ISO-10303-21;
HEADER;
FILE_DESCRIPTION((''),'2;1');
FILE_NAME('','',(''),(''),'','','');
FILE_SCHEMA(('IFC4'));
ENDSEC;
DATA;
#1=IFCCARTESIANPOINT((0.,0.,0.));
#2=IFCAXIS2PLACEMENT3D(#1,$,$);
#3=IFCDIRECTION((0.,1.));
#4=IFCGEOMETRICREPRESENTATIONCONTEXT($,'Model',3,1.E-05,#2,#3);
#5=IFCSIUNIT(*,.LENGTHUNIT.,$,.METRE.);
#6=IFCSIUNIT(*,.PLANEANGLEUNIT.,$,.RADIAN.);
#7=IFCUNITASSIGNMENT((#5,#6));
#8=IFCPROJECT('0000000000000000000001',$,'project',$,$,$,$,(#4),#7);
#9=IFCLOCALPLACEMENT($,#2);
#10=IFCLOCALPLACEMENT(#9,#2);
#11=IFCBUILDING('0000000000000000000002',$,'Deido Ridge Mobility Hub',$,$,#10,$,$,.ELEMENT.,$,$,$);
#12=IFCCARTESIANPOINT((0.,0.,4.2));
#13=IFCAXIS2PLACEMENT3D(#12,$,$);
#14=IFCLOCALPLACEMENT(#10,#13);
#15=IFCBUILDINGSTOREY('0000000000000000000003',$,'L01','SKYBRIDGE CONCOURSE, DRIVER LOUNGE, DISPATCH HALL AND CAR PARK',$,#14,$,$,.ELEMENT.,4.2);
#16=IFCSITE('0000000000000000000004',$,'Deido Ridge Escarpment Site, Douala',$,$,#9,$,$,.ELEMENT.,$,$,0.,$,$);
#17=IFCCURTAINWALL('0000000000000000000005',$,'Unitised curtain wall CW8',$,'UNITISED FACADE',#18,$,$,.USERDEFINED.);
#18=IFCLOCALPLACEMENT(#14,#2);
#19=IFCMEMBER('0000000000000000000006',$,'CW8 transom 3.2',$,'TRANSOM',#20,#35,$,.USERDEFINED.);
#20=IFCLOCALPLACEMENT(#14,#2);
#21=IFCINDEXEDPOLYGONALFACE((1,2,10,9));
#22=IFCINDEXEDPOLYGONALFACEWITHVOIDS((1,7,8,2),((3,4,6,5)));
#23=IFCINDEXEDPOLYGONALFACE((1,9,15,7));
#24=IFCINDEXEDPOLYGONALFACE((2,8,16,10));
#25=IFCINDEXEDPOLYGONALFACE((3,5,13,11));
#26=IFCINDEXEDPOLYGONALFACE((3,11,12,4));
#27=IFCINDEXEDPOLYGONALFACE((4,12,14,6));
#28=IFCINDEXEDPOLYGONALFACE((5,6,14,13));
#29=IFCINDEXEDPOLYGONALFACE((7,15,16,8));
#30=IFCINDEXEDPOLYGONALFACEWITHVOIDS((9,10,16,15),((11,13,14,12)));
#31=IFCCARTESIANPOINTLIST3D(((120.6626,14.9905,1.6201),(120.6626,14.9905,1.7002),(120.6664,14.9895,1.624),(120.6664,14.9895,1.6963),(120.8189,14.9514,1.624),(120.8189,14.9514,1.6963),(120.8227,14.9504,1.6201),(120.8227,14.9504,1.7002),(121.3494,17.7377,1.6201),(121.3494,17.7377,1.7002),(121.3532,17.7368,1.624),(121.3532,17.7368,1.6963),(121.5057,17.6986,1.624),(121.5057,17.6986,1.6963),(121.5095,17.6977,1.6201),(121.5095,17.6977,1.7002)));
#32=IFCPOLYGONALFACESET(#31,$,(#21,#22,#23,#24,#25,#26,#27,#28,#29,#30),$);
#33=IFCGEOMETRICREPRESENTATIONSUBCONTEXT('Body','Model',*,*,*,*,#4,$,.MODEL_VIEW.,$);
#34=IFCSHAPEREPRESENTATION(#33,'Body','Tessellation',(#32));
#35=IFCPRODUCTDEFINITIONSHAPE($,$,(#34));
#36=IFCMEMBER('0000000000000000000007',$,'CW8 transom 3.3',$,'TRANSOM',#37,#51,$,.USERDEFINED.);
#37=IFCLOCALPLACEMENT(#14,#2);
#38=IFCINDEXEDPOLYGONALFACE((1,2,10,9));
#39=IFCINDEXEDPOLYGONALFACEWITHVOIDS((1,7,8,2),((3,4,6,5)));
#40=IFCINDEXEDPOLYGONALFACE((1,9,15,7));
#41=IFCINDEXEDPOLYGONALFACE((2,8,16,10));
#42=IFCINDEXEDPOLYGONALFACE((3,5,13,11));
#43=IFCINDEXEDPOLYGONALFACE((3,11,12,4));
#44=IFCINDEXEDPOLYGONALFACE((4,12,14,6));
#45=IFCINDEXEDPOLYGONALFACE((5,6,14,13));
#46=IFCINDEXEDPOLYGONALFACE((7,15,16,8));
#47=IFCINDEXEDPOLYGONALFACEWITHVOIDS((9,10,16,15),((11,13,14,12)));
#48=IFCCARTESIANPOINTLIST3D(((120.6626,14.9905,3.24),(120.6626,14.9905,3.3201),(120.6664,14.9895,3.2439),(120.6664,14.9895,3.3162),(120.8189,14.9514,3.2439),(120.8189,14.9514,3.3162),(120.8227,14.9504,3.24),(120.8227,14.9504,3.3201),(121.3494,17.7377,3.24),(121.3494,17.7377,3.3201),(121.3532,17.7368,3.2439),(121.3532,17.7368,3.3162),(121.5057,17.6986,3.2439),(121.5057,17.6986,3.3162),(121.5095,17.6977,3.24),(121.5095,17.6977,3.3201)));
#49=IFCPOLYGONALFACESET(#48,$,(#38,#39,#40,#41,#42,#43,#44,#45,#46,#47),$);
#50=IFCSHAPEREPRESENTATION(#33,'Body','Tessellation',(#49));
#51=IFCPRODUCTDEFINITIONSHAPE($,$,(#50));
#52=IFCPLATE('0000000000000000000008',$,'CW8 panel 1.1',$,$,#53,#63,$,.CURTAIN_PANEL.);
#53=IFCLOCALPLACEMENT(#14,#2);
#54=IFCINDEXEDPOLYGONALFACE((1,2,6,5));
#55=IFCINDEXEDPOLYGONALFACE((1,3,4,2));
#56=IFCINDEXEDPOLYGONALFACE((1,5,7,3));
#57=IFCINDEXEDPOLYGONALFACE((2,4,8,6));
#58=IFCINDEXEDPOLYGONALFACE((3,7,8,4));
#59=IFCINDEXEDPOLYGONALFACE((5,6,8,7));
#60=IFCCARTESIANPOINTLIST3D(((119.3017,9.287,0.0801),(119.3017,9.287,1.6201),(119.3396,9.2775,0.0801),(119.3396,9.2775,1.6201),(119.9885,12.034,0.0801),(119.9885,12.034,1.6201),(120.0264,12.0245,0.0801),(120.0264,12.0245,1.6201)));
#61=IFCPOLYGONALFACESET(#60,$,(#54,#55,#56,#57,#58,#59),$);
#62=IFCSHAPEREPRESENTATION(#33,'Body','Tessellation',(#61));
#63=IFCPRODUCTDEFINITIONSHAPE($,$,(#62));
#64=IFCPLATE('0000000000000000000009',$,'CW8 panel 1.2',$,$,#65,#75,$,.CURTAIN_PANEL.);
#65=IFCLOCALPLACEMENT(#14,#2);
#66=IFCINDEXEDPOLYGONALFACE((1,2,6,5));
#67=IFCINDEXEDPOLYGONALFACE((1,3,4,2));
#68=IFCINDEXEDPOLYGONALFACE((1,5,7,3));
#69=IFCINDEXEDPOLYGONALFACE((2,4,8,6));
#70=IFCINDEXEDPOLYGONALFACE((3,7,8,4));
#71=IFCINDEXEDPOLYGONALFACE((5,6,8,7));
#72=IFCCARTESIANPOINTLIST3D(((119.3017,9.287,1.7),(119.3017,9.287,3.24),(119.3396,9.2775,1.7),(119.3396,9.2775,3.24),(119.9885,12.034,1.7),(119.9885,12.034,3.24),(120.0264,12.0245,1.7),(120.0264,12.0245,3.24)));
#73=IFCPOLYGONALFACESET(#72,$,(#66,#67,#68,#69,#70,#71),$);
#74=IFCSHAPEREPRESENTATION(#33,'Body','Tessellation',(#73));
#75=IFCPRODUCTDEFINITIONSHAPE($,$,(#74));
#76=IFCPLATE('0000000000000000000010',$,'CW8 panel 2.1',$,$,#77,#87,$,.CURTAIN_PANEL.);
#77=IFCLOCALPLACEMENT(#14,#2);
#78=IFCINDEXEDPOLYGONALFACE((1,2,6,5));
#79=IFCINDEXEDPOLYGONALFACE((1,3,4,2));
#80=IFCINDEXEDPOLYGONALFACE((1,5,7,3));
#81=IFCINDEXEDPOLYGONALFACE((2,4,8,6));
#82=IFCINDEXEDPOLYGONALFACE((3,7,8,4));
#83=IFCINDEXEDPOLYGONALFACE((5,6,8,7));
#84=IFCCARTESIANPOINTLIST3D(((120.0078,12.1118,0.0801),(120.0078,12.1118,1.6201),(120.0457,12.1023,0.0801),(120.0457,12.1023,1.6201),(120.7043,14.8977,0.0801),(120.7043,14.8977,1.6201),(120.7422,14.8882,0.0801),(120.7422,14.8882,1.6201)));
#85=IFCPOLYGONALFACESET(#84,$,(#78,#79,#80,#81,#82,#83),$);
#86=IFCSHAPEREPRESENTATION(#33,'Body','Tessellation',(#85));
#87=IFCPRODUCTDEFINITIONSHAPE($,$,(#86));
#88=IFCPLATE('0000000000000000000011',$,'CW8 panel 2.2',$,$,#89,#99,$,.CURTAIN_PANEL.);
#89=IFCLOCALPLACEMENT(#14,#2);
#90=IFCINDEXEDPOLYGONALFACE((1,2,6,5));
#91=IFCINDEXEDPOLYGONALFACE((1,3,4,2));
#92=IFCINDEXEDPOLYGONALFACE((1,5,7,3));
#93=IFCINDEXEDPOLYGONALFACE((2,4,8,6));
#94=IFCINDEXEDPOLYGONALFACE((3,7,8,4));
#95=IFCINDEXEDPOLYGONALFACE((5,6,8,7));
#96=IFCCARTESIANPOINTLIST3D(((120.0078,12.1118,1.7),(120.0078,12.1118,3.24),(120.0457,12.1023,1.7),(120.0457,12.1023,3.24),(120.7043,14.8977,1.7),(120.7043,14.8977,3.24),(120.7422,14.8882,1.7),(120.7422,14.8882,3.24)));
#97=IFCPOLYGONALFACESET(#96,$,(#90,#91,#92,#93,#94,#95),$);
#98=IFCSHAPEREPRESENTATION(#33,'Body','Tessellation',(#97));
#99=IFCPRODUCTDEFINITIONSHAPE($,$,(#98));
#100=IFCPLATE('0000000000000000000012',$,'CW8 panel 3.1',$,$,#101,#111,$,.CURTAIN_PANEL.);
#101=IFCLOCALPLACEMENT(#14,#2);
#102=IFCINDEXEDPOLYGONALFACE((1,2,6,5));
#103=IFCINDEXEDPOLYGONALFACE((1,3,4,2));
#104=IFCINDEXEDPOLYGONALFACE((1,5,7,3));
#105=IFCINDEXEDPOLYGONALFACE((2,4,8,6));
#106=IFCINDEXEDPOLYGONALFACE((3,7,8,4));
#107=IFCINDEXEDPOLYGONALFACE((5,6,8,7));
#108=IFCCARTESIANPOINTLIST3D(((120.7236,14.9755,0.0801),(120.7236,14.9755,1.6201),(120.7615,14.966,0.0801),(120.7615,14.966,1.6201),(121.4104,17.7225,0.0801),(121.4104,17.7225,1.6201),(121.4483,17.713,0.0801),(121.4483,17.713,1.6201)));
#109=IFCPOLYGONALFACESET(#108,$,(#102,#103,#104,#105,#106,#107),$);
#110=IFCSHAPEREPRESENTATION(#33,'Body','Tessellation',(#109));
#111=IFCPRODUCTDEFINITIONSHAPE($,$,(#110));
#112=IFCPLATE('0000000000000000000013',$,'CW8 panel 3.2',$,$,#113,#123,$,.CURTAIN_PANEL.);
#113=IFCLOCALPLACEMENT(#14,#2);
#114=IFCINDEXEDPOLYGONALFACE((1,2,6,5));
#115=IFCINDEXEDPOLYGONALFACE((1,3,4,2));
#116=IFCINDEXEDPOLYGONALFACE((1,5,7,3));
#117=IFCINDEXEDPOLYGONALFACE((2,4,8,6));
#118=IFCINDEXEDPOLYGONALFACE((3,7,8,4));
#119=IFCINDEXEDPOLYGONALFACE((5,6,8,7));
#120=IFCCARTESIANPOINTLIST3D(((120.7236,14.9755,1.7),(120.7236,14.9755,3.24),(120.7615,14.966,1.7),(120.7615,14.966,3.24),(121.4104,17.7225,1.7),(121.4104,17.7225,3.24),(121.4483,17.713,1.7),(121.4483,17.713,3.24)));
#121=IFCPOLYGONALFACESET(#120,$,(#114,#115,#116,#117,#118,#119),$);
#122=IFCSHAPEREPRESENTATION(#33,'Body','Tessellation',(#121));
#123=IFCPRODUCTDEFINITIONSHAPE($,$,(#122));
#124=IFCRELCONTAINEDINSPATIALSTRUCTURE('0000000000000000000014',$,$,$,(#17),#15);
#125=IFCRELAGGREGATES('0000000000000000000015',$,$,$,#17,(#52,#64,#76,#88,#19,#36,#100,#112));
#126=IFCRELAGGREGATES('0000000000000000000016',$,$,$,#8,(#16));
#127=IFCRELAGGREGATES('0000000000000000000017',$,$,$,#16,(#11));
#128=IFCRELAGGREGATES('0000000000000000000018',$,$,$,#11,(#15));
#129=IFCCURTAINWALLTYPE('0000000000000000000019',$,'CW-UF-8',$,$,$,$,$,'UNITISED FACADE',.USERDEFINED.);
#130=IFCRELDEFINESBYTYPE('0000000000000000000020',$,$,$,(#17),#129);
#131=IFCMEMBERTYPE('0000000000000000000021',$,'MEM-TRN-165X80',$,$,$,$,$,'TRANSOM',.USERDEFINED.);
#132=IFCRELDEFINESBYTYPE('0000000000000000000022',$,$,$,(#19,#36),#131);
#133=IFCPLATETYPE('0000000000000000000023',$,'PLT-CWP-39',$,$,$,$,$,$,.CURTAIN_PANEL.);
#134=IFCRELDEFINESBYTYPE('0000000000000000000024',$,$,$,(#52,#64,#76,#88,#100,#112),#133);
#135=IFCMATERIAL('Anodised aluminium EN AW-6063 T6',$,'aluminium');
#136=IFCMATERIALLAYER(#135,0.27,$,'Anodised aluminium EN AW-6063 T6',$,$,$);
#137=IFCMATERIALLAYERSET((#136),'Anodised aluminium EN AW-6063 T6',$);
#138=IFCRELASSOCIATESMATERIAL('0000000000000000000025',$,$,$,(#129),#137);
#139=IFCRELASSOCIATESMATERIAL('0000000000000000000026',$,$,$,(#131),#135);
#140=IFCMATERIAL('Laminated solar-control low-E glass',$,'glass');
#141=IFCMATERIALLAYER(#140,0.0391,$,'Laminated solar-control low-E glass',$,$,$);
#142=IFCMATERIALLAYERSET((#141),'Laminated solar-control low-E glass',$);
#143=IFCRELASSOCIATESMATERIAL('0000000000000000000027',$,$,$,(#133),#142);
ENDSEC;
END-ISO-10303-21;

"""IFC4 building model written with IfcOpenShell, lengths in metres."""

from ifc_helpers import new_model, si_unit, direction, frame, origin, origin_2d, place, context, subcontext, project, spatial, rectangle, hollow_rectangle, extrude, material, layer, layer_set, material_profile, profile_set, type_object, element, aggregate, save


model = new_model("IFC4")

# Units and contexts
model_context = context("Model", 3, precision=1e-05, world=origin(), true_north=direction((0.0, 1.0)))
body_context = subcontext(model_context, "Body", "Model", "MODEL_VIEW")
ifc_project = project(units=[si_unit("LENGTHUNIT", "METRE"), si_unit("PLANEANGLEUNIT", "RADIAN")], contexts=[model_context])

# Site, building, storey
site_placement = place(None, origin())
site = spatial("IfcSite", under=ifc_project, at=site_placement, Name="Deido Ridge Escarpment Site, Douala", CompositionType="ELEMENT", RefElevation=0.0)
building_placement = place(site_placement, origin())
building = spatial("IfcBuilding", under=site, at=building_placement, Name="Deido Ridge Mobility Hub", CompositionType="ELEMENT")
storey_placement = place(building_placement, frame((0.0, 0.0, 4.2)))
storey = spatial("IfcBuildingStorey", under=building, at=storey_placement, Name="L01", Description="SKYBRIDGE CONCOURSE, DRIVER LOUNGE, DISPATCH HALL AND CAR PARK", CompositionType="ELEMENT", Elevation=4.2)

# Curtain wall, members, plates
ifc_material_1 = material(Name="Anodised aluminium EN AW-6063 T6", Category="aluminium")
ifc_layer_1 = layer(ifc_material_1, 0.27, Name="Anodised aluminium EN AW-6063 T6")
ifc_layer_set_1 = layer_set([ifc_layer_1], Name="Anodised aluminium EN AW-6063 T6")
curtain_wall_type = type_object("IfcCurtainWallType", Name="CW-UF-8", ElementType="UNITISED FACADE", PredefinedType="USERDEFINED", material=ifc_layer_set_1)
curtain_wall_placement = place(storey_placement, origin())
curtain_wall = element("IfcCurtainWall", 1, at=curtain_wall_placement, inside=storey, type_object=curtain_wall_type, Name="Unitised curtain wall CW8", ObjectType="UNITISED FACADE", PredefinedType="USERDEFINED")
ifc_material_profile_1 = material_profile(ifc_material_1, hollow_rectangle(XDim=0.165, YDim=0.0801, WallThickness=0.0039, at=origin_2d()), Name="RHS 165x80x4")
ifc_profile_set_1 = profile_set([ifc_material_profile_1], Name="Anodised aluminium EN AW-6063 T6")
member_type_1 = type_object("IfcMemberType", Name="MEM-TRN-165X80", ElementType="TRANSOM", PredefinedType="USERDEFINED", material=ifc_profile_set_1)
member_1_placement = place(storey_placement, frame((120.7427, 14.9705, 1.6602), z_axis=(0.242515, 0.970148, 0.0), x_axis=(-0.970148, 0.242515, 0.0)))
member_1 = element("IfcMember", 2, at=member_1_placement, type_object=member_type_1, Name="CW8 transom 3.2", ObjectType="TRANSOM", PredefinedType="USERDEFINED", context=body_context, shape_type="SweptSolid", body=[
    extrude(hollow_rectangle(XDim=0.165, YDim=0.0801, WallThickness=0.0039, at=origin_2d()), origin(), (0.0, 0.0, 1.0), 2.8318),
])
member_2_placement = place(storey_placement, frame((120.7427, 14.9705, 3.28), z_axis=(0.242515, 0.970148, 0.0), x_axis=(-0.970148, 0.242515, 0.0)))
member_2 = element("IfcMember", 3, at=member_2_placement, type_object=member_type_1, Name="CW8 transom 3.3", ObjectType="TRANSOM", PredefinedType="USERDEFINED", context=body_context, shape_type="SweptSolid", body=[
    extrude(hollow_rectangle(XDim=0.165, YDim=0.0801, WallThickness=0.0039, at=origin_2d()), origin(), (0.0, 0.0, 1.0), 2.8318),
])
ifc_material_2 = material(Name="Laminated solar-control low-E glass", Category="glass")
ifc_layer_2 = layer(ifc_material_2, 0.0391, Name="Laminated solar-control low-E glass")
ifc_layer_set_2 = layer_set([ifc_layer_2], Name="Laminated solar-control low-E glass")
plate_type = type_object("IfcPlateType", Name="PLT-CWP-39", PredefinedType="CURTAIN_PANEL", material=ifc_layer_set_2)
plate_1_placement = place(storey_placement, frame((119.6641, 10.6558, 0.0801), z_axis=(0.0, 0.0, 1.0), x_axis=(0.24253, 0.970144, 0.0)))
plate_1 = element("IfcPlate", 4, at=plate_1_placement, type_object=plate_type, Name="CW8 panel 1.1", PredefinedType="CURTAIN_PANEL", context=body_context, shape_type="SweptSolid", body=[
    extrude(rectangle(XDim=2.8315, YDim=0.0391, at=origin_2d()), origin(), (0.0, 0.0, 1.0), 1.54),
])
plate_2_placement = place(storey_placement, frame((119.6641, 10.6558, 1.7), z_axis=(0.0, 0.0, 1.0), x_axis=(0.24253, 0.970144, 0.0)))
plate_2 = element("IfcPlate", 5, at=plate_2_placement, type_object=plate_type, Name="CW8 panel 1.2", PredefinedType="CURTAIN_PANEL", context=body_context, shape_type="SweptSolid", body=[
    extrude(rectangle(XDim=2.8315, YDim=0.0391, at=origin_2d()), origin(), (0.0, 0.0, 1.0), 1.54),
])
plate_3_placement = place(storey_placement, frame((120.375, 13.5, 0.0801), z_axis=(0.0, 0.0, 1.0), x_axis=(0.24253, 0.970144, 0.0)))
plate_3 = element("IfcPlate", 6, at=plate_3_placement, type_object=plate_type, Name="CW8 panel 2.1", PredefinedType="CURTAIN_PANEL", context=body_context, shape_type="SweptSolid", body=[
    extrude(rectangle(XDim=2.8716, YDim=0.0391, at=origin_2d()), origin(), (0.0, 0.0, 1.0), 1.54),
])
plate_4_placement = place(storey_placement, frame((120.375, 13.5, 1.7), z_axis=(0.0, 0.0, 1.0), x_axis=(0.24253, 0.970144, 0.0)))
plate_4 = element("IfcPlate", 7, at=plate_4_placement, type_object=plate_type, Name="CW8 panel 2.2", PredefinedType="CURTAIN_PANEL", context=body_context, shape_type="SweptSolid", body=[
    extrude(rectangle(XDim=2.8716, YDim=0.0391, at=origin_2d()), origin(), (0.0, 0.0, 1.0), 1.54),
])
plate_5_placement = place(storey_placement, frame((121.0859, 16.3442, 0.0801), z_axis=(0.0, 0.0, 1.0), x_axis=(0.24253, 0.970144, 0.0)))
plate_5 = element("IfcPlate", 8, at=plate_5_placement, type_object=plate_type, Name="CW8 panel 3.1", PredefinedType="CURTAIN_PANEL", context=body_context, shape_type="SweptSolid", body=[
    extrude(rectangle(XDim=2.8315, YDim=0.0391, at=origin_2d()), origin(), (0.0, 0.0, 1.0), 1.54),
])
plate_6_placement = place(storey_placement, frame((121.0859, 16.3442, 1.7), z_axis=(0.0, 0.0, 1.0), x_axis=(0.24253, 0.970144, 0.0)))
plate_6 = element("IfcPlate", 9, at=plate_6_placement, type_object=plate_type, Name="CW8 panel 3.2", PredefinedType="CURTAIN_PANEL", context=body_context, shape_type="SweptSolid", body=[
    extrude(rectangle(XDim=2.8315, YDim=0.0391, at=origin_2d()), origin(), (0.0, 0.0, 1.0), 1.54),
])
aggregate(curtain_wall, [plate_1, plate_2, plate_3, plate_4, member_1, member_2, plate_5, plate_6])

save(model, "model.ifc")
